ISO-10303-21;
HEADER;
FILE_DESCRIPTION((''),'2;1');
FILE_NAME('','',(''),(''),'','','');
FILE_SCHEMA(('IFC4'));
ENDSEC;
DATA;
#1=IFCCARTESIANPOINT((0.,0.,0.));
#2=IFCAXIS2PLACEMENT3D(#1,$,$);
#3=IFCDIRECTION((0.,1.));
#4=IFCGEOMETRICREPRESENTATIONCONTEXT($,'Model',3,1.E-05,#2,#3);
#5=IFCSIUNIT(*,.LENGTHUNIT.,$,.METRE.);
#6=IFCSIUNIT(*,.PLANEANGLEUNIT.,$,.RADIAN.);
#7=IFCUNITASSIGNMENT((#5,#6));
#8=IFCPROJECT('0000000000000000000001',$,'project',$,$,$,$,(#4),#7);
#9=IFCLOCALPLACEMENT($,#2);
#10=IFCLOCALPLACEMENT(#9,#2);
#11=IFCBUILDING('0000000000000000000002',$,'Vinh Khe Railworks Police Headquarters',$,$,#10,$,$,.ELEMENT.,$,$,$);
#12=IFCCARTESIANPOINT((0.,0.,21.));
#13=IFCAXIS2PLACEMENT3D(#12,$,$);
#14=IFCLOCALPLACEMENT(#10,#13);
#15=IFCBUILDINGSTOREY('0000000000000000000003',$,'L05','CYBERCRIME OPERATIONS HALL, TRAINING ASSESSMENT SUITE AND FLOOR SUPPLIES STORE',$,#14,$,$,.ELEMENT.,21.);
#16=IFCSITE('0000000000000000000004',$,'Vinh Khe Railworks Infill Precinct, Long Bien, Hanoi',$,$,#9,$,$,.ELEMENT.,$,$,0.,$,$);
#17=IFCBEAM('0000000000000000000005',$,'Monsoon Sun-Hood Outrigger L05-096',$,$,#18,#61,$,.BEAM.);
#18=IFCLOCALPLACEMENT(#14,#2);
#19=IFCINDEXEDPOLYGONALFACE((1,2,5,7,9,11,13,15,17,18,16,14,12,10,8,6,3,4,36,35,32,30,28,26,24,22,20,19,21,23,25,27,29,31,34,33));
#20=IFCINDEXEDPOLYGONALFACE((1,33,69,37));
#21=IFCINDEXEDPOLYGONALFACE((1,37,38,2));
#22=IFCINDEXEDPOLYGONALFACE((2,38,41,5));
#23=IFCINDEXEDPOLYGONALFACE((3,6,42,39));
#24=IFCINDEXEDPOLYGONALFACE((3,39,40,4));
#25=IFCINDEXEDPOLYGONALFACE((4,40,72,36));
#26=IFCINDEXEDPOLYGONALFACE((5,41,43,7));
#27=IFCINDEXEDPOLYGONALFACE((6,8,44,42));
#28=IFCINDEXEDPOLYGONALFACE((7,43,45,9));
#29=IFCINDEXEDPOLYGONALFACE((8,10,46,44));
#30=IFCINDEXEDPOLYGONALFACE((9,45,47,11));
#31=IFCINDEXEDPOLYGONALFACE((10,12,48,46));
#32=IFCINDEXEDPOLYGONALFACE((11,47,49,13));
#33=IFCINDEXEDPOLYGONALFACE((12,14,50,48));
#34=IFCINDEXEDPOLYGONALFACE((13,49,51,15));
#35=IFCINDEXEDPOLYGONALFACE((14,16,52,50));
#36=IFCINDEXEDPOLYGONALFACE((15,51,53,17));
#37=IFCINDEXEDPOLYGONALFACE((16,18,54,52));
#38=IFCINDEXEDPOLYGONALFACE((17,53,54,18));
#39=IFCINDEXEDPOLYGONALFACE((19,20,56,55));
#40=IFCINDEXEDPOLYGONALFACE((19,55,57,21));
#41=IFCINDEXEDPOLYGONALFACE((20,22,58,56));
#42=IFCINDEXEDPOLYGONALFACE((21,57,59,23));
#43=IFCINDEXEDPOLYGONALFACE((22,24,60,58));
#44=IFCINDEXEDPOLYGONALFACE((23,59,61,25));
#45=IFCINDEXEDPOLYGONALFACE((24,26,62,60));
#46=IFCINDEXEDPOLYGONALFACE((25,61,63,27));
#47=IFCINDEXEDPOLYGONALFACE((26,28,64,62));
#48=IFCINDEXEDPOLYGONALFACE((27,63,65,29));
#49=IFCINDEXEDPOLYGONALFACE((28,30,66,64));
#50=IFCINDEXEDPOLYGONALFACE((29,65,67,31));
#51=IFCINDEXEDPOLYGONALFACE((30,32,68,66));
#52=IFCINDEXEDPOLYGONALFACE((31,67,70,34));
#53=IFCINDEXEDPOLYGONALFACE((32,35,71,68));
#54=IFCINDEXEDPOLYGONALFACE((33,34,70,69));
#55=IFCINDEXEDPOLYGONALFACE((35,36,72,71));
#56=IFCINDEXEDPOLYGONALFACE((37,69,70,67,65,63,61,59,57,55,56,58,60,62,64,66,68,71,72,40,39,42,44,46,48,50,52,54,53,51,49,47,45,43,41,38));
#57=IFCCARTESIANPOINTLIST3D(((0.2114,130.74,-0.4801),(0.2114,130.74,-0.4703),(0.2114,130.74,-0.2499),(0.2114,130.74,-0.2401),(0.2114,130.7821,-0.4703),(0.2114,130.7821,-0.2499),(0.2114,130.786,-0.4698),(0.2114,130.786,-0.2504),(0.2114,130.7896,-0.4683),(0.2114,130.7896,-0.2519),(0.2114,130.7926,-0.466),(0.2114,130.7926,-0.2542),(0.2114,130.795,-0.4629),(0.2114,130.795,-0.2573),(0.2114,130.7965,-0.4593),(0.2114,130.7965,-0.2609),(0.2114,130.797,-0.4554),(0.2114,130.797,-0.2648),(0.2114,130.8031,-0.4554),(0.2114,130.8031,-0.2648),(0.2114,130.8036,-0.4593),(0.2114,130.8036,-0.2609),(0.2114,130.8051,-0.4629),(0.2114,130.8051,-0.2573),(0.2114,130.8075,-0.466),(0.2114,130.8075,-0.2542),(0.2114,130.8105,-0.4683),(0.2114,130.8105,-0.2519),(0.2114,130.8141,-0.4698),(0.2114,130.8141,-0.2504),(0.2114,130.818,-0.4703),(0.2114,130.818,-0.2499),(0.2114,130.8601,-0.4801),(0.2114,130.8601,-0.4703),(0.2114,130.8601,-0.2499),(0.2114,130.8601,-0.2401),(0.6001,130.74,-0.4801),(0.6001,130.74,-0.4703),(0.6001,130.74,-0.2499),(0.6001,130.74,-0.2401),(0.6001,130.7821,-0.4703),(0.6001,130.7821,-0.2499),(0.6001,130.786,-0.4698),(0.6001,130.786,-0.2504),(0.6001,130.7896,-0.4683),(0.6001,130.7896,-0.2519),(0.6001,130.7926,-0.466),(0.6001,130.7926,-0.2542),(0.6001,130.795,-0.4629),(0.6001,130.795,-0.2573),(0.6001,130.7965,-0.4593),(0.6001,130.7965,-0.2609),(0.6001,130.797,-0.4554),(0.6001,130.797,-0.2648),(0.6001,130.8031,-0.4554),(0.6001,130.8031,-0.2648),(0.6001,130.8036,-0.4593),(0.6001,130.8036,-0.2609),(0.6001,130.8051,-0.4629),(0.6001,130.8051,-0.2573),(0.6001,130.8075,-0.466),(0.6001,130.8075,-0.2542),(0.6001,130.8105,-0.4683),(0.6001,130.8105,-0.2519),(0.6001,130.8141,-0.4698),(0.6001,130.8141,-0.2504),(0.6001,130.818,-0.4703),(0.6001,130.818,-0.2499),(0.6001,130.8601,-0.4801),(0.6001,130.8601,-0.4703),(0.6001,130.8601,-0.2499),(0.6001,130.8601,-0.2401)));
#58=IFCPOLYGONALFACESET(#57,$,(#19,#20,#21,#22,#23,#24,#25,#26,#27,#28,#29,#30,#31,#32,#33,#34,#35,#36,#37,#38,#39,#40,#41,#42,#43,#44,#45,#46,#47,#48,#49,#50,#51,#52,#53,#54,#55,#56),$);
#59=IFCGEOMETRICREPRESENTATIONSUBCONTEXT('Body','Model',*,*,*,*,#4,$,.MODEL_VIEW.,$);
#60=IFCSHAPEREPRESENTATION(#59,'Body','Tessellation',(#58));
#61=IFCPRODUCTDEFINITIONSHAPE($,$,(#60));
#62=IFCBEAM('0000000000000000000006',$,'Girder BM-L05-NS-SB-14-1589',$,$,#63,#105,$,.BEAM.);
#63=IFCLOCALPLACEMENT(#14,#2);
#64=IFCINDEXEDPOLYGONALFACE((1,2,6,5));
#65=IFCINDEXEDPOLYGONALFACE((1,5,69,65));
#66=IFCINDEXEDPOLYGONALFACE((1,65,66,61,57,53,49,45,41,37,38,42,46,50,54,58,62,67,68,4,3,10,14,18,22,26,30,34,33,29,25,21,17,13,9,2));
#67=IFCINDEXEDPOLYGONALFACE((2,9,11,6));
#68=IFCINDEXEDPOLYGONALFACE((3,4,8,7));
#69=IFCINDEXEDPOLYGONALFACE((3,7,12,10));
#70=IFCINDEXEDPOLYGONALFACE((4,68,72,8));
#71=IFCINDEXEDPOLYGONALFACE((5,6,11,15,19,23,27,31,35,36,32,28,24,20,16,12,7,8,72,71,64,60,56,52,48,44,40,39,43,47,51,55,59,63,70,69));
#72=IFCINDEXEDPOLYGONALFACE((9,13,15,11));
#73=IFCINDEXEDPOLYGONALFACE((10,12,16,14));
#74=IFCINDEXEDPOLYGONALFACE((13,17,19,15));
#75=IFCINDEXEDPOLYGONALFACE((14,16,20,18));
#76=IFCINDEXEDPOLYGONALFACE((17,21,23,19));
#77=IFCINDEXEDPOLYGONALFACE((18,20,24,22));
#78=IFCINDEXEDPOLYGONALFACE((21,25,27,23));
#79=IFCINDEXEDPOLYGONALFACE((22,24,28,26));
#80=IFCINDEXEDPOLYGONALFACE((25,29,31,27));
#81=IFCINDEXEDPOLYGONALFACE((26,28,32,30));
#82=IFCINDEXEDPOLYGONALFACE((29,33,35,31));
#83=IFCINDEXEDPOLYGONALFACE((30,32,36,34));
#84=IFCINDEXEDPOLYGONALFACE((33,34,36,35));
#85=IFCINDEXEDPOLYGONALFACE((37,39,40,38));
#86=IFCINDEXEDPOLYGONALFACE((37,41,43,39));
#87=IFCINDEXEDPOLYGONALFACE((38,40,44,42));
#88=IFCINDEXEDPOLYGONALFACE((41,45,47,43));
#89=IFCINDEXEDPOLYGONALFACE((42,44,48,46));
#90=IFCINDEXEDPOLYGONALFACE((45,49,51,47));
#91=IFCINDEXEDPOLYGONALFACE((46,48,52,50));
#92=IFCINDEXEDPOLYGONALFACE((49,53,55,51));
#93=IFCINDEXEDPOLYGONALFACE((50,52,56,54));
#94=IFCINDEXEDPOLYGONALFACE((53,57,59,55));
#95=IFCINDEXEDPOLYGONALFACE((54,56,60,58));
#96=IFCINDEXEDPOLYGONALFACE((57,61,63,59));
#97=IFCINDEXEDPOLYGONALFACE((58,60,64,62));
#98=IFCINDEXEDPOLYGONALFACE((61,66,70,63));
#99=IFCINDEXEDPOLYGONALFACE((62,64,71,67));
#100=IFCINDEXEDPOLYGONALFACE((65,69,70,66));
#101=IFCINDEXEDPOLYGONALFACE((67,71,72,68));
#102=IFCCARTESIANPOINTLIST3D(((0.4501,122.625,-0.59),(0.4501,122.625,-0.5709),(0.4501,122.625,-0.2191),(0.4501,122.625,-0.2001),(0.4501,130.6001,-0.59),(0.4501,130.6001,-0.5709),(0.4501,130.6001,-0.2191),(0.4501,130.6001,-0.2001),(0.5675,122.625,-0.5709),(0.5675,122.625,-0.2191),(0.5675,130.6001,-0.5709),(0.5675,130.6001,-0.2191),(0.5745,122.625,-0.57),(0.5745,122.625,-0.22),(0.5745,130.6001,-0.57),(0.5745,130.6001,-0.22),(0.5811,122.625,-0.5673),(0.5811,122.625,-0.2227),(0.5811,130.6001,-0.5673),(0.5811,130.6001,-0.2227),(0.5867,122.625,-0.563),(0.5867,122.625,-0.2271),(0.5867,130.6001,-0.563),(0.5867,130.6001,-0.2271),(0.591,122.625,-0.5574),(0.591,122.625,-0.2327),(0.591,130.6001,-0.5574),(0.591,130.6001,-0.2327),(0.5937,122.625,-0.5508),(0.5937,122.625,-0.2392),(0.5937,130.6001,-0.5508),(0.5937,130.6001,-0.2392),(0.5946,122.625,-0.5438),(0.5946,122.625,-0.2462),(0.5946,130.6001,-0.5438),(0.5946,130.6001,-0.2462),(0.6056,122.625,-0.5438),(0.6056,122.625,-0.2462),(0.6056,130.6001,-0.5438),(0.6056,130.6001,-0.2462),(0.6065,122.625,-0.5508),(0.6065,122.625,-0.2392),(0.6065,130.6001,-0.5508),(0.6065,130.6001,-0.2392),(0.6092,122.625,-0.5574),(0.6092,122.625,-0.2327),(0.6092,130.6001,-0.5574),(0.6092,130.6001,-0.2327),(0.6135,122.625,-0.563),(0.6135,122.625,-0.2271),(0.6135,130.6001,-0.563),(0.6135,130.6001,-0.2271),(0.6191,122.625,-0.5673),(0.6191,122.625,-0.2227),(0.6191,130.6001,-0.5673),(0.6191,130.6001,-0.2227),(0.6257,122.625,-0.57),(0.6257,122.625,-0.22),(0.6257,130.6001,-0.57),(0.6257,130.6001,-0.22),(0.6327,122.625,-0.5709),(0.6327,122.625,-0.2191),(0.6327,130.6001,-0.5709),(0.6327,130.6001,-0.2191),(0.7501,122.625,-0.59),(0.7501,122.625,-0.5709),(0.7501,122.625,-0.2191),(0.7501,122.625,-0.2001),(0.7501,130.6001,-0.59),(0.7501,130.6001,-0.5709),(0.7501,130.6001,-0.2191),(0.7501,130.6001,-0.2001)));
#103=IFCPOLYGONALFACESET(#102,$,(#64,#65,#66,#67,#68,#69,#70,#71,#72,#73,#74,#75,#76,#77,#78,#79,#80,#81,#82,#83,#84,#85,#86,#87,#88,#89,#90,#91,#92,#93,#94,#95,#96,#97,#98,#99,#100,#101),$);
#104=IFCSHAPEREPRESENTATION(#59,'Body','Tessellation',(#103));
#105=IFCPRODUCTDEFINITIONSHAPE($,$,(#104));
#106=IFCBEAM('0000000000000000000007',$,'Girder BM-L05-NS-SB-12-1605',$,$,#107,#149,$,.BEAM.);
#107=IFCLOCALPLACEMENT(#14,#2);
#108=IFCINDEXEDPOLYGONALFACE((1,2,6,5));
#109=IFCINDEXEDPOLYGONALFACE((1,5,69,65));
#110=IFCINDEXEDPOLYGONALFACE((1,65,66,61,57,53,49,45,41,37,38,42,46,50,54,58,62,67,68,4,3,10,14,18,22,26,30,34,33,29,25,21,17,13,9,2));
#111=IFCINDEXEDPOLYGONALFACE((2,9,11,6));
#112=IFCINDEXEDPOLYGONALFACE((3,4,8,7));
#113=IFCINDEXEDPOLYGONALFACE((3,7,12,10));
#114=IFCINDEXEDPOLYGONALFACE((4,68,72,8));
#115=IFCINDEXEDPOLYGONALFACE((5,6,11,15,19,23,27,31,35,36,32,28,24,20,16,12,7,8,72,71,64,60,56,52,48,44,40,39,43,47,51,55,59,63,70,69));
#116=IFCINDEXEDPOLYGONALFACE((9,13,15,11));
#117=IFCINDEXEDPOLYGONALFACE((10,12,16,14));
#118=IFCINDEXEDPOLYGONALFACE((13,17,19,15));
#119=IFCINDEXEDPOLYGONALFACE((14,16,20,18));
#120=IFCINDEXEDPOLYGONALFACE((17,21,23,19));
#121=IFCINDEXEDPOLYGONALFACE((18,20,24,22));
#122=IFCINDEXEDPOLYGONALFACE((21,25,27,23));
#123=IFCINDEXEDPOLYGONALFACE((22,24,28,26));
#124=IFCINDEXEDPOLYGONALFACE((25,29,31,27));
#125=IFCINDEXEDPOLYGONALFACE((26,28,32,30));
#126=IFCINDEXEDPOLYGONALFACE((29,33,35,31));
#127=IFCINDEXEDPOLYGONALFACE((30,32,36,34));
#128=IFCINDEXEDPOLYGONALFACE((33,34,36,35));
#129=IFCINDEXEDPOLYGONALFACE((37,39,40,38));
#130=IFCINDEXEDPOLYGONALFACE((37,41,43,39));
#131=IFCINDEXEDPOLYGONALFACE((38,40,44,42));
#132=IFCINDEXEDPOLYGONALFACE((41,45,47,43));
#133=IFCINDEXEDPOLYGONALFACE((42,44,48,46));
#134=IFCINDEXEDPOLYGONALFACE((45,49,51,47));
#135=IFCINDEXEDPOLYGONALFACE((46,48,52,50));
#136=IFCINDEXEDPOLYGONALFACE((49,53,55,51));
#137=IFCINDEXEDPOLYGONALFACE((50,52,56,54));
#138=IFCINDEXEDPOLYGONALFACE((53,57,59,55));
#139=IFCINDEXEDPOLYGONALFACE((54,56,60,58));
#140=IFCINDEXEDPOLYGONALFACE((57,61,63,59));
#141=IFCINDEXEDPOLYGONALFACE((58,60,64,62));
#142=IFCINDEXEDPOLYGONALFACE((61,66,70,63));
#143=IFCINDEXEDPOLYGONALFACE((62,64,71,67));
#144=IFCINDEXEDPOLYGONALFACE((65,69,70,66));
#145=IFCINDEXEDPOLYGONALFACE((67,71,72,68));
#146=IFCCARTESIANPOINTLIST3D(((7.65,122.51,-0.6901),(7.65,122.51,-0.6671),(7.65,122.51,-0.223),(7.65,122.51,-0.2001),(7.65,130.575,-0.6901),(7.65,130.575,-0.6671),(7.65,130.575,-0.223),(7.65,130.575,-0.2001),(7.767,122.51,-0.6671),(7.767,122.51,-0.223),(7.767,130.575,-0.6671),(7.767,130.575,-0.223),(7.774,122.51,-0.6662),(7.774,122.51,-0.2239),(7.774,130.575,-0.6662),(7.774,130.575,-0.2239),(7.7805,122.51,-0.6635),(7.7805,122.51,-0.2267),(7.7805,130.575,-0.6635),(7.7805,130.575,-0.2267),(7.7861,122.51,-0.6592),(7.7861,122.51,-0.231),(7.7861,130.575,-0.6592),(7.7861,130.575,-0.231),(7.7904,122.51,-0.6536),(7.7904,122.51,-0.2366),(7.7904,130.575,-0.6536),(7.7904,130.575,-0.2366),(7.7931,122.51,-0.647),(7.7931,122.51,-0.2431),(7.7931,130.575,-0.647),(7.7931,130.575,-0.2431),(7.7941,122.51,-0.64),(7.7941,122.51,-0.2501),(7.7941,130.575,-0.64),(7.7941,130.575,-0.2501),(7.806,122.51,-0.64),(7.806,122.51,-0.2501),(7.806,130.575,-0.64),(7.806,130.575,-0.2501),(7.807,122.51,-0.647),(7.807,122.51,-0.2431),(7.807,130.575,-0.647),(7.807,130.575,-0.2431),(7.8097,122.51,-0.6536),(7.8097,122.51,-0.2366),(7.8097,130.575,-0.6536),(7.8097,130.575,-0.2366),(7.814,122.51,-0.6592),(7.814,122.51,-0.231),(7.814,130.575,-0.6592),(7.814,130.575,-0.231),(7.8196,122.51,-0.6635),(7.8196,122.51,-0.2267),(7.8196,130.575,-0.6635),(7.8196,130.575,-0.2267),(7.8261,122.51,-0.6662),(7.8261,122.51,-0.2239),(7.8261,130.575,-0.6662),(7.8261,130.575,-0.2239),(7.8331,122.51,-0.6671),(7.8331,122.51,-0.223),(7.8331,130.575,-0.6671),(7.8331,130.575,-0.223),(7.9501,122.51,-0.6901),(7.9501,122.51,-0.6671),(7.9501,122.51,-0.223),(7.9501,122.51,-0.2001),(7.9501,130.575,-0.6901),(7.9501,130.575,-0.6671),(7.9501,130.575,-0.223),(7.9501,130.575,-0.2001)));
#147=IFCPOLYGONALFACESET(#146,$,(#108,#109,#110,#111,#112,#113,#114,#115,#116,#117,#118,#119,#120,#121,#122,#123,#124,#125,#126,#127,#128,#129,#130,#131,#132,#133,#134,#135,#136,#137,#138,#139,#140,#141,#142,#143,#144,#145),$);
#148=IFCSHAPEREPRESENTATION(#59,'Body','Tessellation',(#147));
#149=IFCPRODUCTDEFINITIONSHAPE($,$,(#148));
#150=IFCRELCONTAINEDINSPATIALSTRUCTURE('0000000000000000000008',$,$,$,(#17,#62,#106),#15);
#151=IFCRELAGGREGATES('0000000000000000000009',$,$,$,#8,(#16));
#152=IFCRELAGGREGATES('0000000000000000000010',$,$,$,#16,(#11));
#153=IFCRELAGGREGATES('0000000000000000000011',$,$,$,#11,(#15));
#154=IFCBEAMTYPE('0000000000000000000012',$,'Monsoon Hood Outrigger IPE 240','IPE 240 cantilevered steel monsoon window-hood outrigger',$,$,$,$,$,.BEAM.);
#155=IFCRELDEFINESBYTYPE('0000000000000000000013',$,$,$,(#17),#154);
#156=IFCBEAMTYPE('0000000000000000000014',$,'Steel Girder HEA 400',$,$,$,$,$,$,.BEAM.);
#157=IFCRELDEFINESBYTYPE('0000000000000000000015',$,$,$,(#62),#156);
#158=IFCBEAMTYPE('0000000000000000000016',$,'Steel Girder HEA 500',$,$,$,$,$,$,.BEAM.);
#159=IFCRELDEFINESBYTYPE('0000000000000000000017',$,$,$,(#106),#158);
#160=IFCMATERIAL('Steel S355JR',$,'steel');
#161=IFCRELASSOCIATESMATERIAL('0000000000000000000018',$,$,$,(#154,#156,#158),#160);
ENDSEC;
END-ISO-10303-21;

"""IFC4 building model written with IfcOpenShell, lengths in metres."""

from ifc_helpers import new_model, si_unit, direction, frame, origin, origin_2d, place, context, subcontext, project, spatial, i_section, extrude, material, material_profile, profile_set, type_object, element, save


model = new_model("IFC4")

# Units and contexts
model_context = context("Model", 3, precision=1e-05, world=origin(), true_north=direction((0.0, 1.0)))
body_context = subcontext(model_context, "Body", "Model", "MODEL_VIEW")
ifc_project = project(units=[si_unit("LENGTHUNIT", "METRE"), si_unit("PLANEANGLEUNIT", "RADIAN")], contexts=[model_context])

# Site, building, storey
site_placement = place(None, origin())
site = spatial("IfcSite", under=ifc_project, at=site_placement, Name="Vinh Khe Railworks Infill Precinct, Long Bien, Hanoi", CompositionType="ELEMENT", RefElevation=0.0)
building_placement = place(site_placement, origin())
building = spatial("IfcBuilding", under=site, at=building_placement, Name="Vinh Khe Railworks Police Headquarters", CompositionType="ELEMENT")
storey_placement = place(building_placement, frame((0.0, 0.0, 21.0)))
storey = spatial("IfcBuildingStorey", under=building, at=storey_placement, Name="L05", Description="CYBERCRIME OPERATIONS HALL, TRAINING ASSESSMENT SUITE AND FLOOR SUPPLIES STORE", CompositionType="ELEMENT", Elevation=21.0)

# Shared definitions
ifc_material_1 = material(Name="Steel S355JR", Category="steel")

# Beams
ifc_material_profile_1 = material_profile(ifc_material_1, i_section(OverallWidth=0.1201, OverallDepth=0.24, WebThickness=0.0061, FlangeThickness=0.0098, FilletRadius=0.0149, at=origin_2d()), Name="IPE 240")
ifc_profile_set_1 = profile_set([ifc_material_profile_1], Name="Steel S355JR")
beam_type_1 = type_object("IfcBeamType", Name="Monsoon Hood Outrigger IPE 240", Description="IPE 240 cantilevered steel monsoon window-hood outrigger", PredefinedType="BEAM", material=ifc_profile_set_1)
beam_1_placement = place(storey_placement, frame((0.2114, 130.8, -0.3601), z_axis=(1.0, 0.0, 0.0), x_axis=(0.0, 1.0, 0.0)))
element("IfcBeam", 1, at=beam_1_placement, inside=storey, type_object=beam_type_1, Name="Monsoon Sun-Hood Outrigger L05-096", PredefinedType="BEAM", context=body_context, shape_type="SweptSolid", body=[
    extrude(i_section(OverallWidth=0.1201, OverallDepth=0.24, WebThickness=0.0061, FlangeThickness=0.0098, FilletRadius=0.0149, at=origin_2d()), origin(), (0.0, 0.0, 1.0), 0.3887),
])
ifc_material_profile_2 = material_profile(ifc_material_1, i_section(OverallWidth=0.3, OverallDepth=0.3899, WebThickness=0.011, FlangeThickness=0.019, FilletRadius=0.0271, at=origin_2d()), Name="HEA 400")
ifc_profile_set_2 = profile_set([ifc_material_profile_2], Name="Steel S355JR")
beam_type_2 = type_object("IfcBeamType", Name="Steel Girder HEA 400", PredefinedType="BEAM", material=ifc_profile_set_2)
beam_2_placement = place(storey_placement, frame((0.6001, 122.625, -0.395), z_axis=(0.0, 1.0, 0.0), x_axis=(-1.0, 0.0, 0.0)))
element("IfcBeam", 2, at=beam_2_placement, inside=storey, type_object=beam_type_2, Name="Girder BM-L05-NS-SB-14-1589", PredefinedType="BEAM", context=body_context, shape_type="SweptSolid", body=[
    extrude(i_section(OverallWidth=0.3, OverallDepth=0.3899, WebThickness=0.011, FlangeThickness=0.019, FilletRadius=0.0271, at=origin_2d()), origin(), (0.0, 0.0, 1.0), 7.9751),
])
ifc_material_profile_3 = material_profile(ifc_material_1, i_section(OverallWidth=0.3, OverallDepth=0.49, WebThickness=0.012, FlangeThickness=0.0229, FilletRadius=0.0271, at=origin_2d()), Name="HEA 500")
ifc_profile_set_3 = profile_set([ifc_material_profile_3], Name="Steel S355JR")
beam_type_3 = type_object("IfcBeamType", Name="Steel Girder HEA 500", PredefinedType="BEAM", material=ifc_profile_set_3)
beam_3_placement = place(storey_placement, frame((7.8, 122.51, -0.4451), z_axis=(0.0, 1.0, 0.0), x_axis=(-1.0, 0.0, 0.0)))
element("IfcBeam", 3, at=beam_3_placement, inside=storey, type_object=beam_type_3, Name="Girder BM-L05-NS-SB-12-1605", PredefinedType="BEAM", context=body_context, shape_type="SweptSolid", body=[
    extrude(i_section(OverallWidth=0.3, OverallDepth=0.49, WebThickness=0.012, FlangeThickness=0.0229, FilletRadius=0.0271, at=origin_2d()), origin(), (0.0, 0.0, 1.0), 8.0649),
])

save(model, "model.ifc")
